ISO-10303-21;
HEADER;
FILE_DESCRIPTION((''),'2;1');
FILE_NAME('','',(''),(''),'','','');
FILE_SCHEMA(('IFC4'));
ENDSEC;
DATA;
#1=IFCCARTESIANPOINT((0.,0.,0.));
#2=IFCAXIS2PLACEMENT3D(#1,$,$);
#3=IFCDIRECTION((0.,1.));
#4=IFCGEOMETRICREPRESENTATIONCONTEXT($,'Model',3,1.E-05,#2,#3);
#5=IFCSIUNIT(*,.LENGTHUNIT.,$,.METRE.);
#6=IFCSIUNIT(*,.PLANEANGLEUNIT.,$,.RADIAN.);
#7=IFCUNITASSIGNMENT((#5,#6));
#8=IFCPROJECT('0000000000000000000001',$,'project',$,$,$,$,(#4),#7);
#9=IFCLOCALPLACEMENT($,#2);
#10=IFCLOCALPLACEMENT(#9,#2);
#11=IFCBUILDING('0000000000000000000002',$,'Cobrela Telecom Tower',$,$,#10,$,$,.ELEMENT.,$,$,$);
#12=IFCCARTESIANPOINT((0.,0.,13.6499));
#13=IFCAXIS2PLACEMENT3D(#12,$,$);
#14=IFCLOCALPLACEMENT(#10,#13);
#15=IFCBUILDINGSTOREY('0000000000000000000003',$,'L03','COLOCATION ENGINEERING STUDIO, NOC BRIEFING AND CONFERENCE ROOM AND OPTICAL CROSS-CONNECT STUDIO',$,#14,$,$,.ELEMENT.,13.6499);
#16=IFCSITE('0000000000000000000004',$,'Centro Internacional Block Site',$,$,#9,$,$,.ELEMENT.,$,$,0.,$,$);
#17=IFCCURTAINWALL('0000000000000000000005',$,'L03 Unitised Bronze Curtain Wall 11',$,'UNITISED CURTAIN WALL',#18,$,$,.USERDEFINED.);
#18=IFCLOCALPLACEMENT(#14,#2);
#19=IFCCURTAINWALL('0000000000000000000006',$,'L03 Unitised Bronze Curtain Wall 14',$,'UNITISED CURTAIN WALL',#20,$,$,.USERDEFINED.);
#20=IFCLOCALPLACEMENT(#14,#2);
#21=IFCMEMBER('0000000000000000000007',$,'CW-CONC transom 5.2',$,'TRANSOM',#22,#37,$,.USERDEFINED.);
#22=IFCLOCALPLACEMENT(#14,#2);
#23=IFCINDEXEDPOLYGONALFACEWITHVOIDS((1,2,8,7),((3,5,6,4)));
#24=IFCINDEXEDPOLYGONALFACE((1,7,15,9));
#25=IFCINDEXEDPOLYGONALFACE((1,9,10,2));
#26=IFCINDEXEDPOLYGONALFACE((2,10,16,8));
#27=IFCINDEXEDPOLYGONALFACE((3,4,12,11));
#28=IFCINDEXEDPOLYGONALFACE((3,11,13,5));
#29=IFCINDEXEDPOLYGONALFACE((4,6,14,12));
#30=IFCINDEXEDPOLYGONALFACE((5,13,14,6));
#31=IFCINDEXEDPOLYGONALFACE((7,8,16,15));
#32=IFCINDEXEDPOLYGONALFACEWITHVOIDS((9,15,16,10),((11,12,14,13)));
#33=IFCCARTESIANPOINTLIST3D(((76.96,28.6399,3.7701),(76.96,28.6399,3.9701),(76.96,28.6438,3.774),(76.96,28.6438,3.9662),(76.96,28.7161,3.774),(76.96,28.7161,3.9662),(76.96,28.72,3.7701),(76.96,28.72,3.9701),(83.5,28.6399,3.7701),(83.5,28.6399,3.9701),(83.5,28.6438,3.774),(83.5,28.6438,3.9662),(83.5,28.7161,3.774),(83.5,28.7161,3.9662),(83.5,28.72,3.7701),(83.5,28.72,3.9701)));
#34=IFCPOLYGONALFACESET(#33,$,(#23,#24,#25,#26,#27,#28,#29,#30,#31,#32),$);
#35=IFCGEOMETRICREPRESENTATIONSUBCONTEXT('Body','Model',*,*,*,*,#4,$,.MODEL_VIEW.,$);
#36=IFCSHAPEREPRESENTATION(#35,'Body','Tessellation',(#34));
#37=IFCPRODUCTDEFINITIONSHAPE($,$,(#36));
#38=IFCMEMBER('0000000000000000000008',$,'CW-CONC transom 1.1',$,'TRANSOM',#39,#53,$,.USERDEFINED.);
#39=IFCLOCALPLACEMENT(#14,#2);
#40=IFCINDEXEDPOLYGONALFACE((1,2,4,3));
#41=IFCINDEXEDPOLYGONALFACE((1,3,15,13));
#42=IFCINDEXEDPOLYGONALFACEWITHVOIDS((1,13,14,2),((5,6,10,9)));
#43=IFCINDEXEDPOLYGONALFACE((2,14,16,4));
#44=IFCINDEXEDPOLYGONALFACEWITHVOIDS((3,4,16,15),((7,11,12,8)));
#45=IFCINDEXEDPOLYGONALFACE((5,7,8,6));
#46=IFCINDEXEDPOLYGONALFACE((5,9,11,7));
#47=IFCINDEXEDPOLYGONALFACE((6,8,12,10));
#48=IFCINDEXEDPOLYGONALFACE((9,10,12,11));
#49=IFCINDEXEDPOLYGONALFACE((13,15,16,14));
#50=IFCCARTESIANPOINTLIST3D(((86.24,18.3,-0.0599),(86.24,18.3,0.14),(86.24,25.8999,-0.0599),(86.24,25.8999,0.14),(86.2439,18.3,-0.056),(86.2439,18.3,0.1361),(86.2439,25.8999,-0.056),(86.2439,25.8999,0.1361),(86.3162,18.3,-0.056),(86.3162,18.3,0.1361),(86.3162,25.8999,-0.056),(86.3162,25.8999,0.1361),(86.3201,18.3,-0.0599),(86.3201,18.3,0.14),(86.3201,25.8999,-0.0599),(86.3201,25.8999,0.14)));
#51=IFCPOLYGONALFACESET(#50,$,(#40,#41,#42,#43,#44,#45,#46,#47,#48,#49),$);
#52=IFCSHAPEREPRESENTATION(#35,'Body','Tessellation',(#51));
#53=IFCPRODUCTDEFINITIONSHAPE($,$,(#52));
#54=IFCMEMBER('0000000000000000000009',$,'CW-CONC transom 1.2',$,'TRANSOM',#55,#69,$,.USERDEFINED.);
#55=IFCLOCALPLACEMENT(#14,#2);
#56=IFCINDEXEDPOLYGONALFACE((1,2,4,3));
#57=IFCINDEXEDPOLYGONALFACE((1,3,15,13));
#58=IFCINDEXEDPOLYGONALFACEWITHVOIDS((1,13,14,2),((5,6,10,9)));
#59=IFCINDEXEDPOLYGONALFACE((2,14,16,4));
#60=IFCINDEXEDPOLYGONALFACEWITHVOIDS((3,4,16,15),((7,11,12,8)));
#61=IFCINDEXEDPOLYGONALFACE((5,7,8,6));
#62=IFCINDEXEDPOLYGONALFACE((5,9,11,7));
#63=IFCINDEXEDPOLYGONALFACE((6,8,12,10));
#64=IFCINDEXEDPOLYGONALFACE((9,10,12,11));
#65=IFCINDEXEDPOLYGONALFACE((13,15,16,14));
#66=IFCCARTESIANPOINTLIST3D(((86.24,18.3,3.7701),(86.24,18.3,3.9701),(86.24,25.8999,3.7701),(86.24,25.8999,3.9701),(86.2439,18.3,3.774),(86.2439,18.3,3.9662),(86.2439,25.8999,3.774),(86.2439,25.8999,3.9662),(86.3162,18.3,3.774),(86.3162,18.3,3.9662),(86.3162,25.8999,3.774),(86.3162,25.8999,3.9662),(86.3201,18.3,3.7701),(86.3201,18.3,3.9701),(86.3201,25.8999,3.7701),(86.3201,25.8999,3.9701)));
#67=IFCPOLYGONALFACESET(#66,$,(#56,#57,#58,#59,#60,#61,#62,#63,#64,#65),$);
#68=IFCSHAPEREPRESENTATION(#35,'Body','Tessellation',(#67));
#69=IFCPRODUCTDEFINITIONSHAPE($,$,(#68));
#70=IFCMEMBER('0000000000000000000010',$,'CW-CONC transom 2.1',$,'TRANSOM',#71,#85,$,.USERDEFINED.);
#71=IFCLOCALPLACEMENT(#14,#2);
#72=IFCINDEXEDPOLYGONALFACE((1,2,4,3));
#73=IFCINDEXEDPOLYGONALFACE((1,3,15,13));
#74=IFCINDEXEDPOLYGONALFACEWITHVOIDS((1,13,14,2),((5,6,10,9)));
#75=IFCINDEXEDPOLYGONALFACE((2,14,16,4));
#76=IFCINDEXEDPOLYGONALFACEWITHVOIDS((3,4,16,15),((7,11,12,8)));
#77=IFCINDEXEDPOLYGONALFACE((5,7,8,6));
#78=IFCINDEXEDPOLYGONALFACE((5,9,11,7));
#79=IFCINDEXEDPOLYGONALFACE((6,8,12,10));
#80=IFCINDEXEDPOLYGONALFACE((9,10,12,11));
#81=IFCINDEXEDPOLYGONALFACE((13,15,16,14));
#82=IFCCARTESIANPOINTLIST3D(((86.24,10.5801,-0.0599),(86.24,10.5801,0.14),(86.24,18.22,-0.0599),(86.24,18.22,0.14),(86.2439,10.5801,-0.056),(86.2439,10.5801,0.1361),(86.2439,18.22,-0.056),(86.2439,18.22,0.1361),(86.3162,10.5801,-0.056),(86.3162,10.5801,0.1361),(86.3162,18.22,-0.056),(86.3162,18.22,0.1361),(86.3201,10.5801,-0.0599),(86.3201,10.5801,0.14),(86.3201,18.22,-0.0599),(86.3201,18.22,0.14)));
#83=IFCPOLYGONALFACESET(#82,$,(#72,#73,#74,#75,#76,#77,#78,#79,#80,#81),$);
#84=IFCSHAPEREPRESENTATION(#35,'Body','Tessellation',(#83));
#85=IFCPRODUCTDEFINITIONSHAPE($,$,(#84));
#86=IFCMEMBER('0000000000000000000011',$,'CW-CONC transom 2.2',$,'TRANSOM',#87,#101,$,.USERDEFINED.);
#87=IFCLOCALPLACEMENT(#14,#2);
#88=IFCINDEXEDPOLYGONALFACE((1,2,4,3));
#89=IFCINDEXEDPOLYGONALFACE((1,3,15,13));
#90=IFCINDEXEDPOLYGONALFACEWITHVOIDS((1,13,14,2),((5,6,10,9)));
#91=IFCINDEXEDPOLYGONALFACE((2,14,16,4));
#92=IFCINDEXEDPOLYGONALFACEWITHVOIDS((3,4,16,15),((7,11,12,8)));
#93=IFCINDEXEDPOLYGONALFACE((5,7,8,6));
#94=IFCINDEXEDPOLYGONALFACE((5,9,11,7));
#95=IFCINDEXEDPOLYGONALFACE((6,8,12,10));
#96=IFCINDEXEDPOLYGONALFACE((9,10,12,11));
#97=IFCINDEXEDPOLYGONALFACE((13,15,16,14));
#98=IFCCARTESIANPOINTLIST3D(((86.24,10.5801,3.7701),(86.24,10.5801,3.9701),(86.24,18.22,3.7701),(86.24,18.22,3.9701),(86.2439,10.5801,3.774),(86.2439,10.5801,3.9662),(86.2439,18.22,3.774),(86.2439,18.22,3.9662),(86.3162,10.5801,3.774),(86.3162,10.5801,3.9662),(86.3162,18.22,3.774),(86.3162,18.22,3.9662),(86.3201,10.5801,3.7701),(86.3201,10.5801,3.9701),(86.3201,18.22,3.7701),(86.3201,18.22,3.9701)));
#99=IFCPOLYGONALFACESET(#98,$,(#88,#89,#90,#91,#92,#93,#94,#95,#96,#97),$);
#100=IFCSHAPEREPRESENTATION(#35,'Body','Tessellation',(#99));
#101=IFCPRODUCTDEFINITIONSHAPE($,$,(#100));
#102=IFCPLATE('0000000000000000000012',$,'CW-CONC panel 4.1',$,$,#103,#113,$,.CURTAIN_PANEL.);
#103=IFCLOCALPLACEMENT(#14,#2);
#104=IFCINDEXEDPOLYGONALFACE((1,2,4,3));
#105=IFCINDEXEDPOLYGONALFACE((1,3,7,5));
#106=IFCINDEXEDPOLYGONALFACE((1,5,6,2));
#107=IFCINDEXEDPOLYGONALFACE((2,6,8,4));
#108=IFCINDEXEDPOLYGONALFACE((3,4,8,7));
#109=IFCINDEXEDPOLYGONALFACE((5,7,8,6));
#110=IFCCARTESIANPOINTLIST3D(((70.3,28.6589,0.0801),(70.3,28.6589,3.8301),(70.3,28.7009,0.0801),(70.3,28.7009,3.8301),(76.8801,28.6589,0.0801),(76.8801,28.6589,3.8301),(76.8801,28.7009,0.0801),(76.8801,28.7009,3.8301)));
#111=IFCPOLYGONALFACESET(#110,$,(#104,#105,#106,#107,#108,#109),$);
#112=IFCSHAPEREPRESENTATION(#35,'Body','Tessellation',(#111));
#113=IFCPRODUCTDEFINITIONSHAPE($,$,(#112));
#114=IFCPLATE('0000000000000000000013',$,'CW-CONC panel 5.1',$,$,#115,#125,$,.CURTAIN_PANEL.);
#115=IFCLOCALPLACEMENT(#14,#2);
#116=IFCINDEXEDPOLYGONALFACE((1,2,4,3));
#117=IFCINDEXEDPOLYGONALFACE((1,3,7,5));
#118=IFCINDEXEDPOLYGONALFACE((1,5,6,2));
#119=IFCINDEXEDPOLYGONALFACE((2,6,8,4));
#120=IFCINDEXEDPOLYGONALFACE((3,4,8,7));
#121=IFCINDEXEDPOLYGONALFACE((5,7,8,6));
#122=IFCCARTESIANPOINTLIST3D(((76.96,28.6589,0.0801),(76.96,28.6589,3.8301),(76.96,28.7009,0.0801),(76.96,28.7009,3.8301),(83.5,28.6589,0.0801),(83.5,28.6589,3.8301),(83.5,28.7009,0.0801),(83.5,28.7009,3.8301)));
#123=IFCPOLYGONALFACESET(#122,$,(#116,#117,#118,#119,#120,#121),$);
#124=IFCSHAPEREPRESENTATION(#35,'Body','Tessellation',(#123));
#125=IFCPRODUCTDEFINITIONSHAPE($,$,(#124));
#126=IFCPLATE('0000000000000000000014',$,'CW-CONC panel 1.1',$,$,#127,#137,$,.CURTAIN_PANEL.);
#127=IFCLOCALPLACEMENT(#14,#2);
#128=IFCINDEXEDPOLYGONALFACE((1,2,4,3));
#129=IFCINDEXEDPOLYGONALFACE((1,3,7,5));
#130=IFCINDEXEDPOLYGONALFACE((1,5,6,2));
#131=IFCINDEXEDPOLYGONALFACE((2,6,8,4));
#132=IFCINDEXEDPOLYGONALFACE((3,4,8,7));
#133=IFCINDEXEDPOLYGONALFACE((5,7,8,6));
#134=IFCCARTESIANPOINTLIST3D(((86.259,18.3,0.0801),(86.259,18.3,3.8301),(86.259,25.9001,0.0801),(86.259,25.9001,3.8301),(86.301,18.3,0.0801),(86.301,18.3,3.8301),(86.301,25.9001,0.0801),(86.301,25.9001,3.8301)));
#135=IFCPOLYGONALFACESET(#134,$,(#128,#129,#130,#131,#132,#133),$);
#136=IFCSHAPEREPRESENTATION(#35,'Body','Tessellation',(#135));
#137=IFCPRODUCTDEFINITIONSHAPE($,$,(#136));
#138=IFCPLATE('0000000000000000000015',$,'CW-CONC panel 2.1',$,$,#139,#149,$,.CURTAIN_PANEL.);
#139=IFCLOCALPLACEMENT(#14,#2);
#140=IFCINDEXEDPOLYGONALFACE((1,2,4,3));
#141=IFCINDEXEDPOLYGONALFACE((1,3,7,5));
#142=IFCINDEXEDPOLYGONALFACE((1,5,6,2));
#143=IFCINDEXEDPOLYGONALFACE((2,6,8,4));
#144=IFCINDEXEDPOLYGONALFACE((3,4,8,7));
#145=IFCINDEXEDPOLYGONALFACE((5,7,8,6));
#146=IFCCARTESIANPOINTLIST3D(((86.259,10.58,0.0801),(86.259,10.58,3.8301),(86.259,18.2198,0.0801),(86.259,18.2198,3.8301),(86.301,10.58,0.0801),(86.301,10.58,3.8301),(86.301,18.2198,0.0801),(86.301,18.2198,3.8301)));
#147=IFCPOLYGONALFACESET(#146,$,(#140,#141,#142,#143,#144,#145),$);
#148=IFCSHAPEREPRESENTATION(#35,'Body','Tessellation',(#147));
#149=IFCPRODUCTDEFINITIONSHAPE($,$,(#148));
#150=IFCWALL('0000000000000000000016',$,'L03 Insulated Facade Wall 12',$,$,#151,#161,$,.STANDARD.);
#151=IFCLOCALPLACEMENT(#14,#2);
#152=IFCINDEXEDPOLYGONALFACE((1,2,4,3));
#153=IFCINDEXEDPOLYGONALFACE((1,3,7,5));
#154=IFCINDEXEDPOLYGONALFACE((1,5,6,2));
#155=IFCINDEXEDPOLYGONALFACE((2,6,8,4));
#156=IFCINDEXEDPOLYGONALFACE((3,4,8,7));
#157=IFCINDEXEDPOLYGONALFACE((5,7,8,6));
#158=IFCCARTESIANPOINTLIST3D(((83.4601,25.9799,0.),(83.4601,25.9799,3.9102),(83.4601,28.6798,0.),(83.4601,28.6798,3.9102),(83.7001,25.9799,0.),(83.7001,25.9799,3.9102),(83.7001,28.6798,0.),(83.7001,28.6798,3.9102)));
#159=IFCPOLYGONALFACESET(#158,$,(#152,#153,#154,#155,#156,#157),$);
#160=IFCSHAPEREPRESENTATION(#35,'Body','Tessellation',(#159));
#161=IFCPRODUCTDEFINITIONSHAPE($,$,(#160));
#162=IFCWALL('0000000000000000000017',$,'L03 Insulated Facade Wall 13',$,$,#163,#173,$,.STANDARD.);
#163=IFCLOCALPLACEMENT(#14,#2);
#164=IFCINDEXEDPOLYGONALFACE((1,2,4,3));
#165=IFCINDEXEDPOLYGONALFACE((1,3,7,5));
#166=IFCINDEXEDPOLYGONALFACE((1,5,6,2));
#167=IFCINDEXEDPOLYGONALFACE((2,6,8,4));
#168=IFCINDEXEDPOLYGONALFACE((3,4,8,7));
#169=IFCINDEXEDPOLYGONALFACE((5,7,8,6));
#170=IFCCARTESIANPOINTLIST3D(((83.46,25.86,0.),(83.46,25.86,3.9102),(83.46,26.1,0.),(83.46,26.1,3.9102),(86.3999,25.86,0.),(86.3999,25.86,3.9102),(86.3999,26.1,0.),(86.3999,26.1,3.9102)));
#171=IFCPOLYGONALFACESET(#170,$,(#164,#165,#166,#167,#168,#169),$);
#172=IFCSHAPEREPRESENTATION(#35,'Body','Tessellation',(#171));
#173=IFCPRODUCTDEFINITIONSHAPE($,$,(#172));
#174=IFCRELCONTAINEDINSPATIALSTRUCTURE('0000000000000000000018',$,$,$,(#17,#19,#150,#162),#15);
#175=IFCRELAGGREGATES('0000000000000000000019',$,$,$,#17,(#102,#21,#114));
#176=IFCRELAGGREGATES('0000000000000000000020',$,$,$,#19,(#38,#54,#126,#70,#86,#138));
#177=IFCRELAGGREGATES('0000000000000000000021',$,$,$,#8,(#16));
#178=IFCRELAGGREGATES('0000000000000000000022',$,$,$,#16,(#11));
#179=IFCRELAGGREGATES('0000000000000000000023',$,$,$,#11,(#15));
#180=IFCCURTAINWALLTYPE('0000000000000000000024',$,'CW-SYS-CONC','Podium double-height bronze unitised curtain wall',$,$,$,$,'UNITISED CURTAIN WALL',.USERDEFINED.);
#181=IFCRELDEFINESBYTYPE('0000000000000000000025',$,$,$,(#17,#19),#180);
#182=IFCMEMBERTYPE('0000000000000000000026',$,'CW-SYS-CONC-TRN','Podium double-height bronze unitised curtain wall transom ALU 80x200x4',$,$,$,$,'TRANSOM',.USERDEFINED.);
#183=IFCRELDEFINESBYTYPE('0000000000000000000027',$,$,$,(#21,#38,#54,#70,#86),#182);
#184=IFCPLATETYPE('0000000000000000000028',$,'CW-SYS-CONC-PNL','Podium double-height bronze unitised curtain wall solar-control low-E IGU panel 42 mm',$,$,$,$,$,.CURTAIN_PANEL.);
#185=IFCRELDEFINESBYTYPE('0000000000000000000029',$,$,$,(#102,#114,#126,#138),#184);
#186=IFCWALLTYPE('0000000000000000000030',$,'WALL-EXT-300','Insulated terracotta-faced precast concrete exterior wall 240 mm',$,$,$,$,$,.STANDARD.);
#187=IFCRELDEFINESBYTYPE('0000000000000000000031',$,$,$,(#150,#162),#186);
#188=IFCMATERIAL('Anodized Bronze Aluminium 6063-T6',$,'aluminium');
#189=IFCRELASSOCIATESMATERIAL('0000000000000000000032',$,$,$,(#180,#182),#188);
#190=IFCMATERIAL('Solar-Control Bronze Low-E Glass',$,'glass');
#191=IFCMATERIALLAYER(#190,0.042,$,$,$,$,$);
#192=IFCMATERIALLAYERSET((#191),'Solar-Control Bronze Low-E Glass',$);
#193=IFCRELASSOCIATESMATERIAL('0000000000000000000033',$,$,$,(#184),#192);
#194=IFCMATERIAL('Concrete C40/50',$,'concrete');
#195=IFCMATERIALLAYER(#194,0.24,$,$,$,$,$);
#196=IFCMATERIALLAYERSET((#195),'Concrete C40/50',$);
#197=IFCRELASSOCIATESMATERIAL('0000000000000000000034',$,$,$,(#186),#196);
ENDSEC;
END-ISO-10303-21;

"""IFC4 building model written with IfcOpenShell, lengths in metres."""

from ifc_helpers import new_model, si_unit, direction, frame, frame_2d, origin, origin_2d, place, context, subcontext, project, spatial, rectangle, hollow_rectangle, extrude, material, layer, layer_set, material_profile, profile_set, type_object, element, aggregate, save


model = new_model("IFC4")

# Units and contexts
model_context = context("Model", 3, precision=1e-05, world=origin(), true_north=direction((0.0, 1.0)))
body_context = subcontext(model_context, "Body", "Model", "MODEL_VIEW")
ifc_project = project(units=[si_unit("LENGTHUNIT", "METRE"), si_unit("PLANEANGLEUNIT", "RADIAN")], contexts=[model_context])

# Site, building, storey
site_placement = place(None, origin())
site = spatial("IfcSite", under=ifc_project, at=site_placement, Name="Centro Internacional Block Site", CompositionType="ELEMENT", RefElevation=0.0)
building_placement = place(site_placement, origin())
building = spatial("IfcBuilding", under=site, at=building_placement, Name="Cobrela Telecom Tower", CompositionType="ELEMENT")
storey_placement = place(building_placement, frame((0.0, 0.0, 13.6499)))
storey = spatial("IfcBuildingStorey", under=building, at=storey_placement, Name="L03", Description="COLOCATION ENGINEERING STUDIO, NOC BRIEFING AND CONFERENCE ROOM AND OPTICAL CROSS-CONNECT STUDIO", CompositionType="ELEMENT", Elevation=13.6499)

# Shared definitions
ifc_material_1 = material(Name="Concrete C40/50", Category="concrete")

# Curtain walls
ifc_material_2 = material(Name="Anodized Bronze Aluminium 6063-T6", Category="aluminium")
curtain_wall_type = type_object("IfcCurtainWallType", Name="CW-SYS-CONC", Description="Podium double-height bronze unitised curtain wall", ElementType="UNITISED CURTAIN WALL", PredefinedType="USERDEFINED", material=ifc_material_2)
curtain_wall_1_placement = place(storey_placement, origin())
curtain_wall_1 = element("IfcCurtainWall", 1, at=curtain_wall_1_placement, inside=storey, type_object=curtain_wall_type, Name="L03 Unitised Bronze Curtain Wall 11", ObjectType="UNITISED CURTAIN WALL", PredefinedType="USERDEFINED")
curtain_wall_2_placement = place(storey_placement, origin())
curtain_wall_2 = element("IfcCurtainWall", 2, at=curtain_wall_2_placement, inside=storey, type_object=curtain_wall_type, Name="L03 Unitised Bronze Curtain Wall 14", ObjectType="UNITISED CURTAIN WALL", PredefinedType="USERDEFINED")

# Members
ifc_material_profile_1 = material_profile(ifc_material_2, hollow_rectangle(XDim=0.0801, YDim=0.2, WallThickness=0.0039, at=origin_2d()), Name="ALU 80x200x4")
ifc_profile_set_1 = profile_set([ifc_material_profile_1], Name="Anodized Bronze Aluminium 6063-T6")
member_type_1 = type_object("IfcMemberType", Name="CW-SYS-CONC-TRN", Description="Podium double-height bronze unitised curtain wall transom ALU 80x200x4", ElementType="TRANSOM", PredefinedType="USERDEFINED", material=ifc_profile_set_1)
member_1_placement = place(storey_placement, frame((76.96, 28.6799, 3.8701), z_axis=(1.0, 0.0, 0.0), x_axis=(0.0, 1.0, 0.0)))
member_1 = element("IfcMember", 3, at=member_1_placement, type_object=member_type_1, Name="CW-CONC transom 5.2", ObjectType="TRANSOM", PredefinedType="USERDEFINED", context=body_context, shape_type="SweptSolid", body=[
    extrude(hollow_rectangle(XDim=0.0801, YDim=0.2, WallThickness=0.0039, at=origin_2d()), origin(), (0.0, 0.0, 1.0), 6.54),
])
member_2_placement = place(storey_placement, frame((86.28, 25.8999, 0.04), z_axis=(0.0, -1.0, 0.0), x_axis=(1.0, 0.0, 0.0)))
member_2 = element("IfcMember", 4, at=member_2_placement, type_object=member_type_1, Name="CW-CONC transom 1.1", ObjectType="TRANSOM", PredefinedType="USERDEFINED", context=body_context, shape_type="SweptSolid", body=[
    extrude(hollow_rectangle(XDim=0.0801, YDim=0.2, WallThickness=0.0039, at=origin_2d()), origin(), (0.0, 0.0, 1.0), 7.5999),
])
member_3_placement = place(storey_placement, frame((86.28, 25.8999, 3.8701), z_axis=(0.0, -1.0, 0.0), x_axis=(1.0, 0.0, 0.0)))
member_3 = element("IfcMember", 5, at=member_3_placement, type_object=member_type_1, Name="CW-CONC transom 1.2", ObjectType="TRANSOM", PredefinedType="USERDEFINED", context=body_context, shape_type="SweptSolid", body=[
    extrude(hollow_rectangle(XDim=0.0801, YDim=0.2, WallThickness=0.0039, at=origin_2d()), origin(), (0.0, 0.0, 1.0), 7.5999),
])
member_4_placement = place(storey_placement, frame((86.28, 18.22, 0.04), z_axis=(0.0, -1.0, 0.0), x_axis=(1.0, 0.0, 0.0)))
member_4 = element("IfcMember", 6, at=member_4_placement, type_object=member_type_1, Name="CW-CONC transom 2.1", ObjectType="TRANSOM", PredefinedType="USERDEFINED", context=body_context, shape_type="SweptSolid", body=[
    extrude(hollow_rectangle(XDim=0.0801, YDim=0.2, WallThickness=0.0039, at=origin_2d()), origin(), (0.0, 0.0, 1.0), 7.6399),
])
member_5_placement = place(storey_placement, frame((86.28, 18.22, 3.8701), z_axis=(0.0, -1.0, 0.0), x_axis=(1.0, 0.0, 0.0)))
member_5 = element("IfcMember", 7, at=member_5_placement, type_object=member_type_1, Name="CW-CONC transom 2.2", ObjectType="TRANSOM", PredefinedType="USERDEFINED", context=body_context, shape_type="SweptSolid", body=[
    extrude(hollow_rectangle(XDim=0.0801, YDim=0.2, WallThickness=0.0039, at=origin_2d()), origin(), (0.0, 0.0, 1.0), 7.6399),
])

# Plates
ifc_material_3 = material(Name="Solar-Control Bronze Low-E Glass", Category="glass")
ifc_layer_1 = layer(ifc_material_3, 0.042)
ifc_layer_set_1 = layer_set([ifc_layer_1], Name="Solar-Control Bronze Low-E Glass")
plate_type = type_object("IfcPlateType", Name="CW-SYS-CONC-PNL", Description="Podium double-height bronze unitised curtain wall solar-control low-E IGU panel 42 mm", PredefinedType="CURTAIN_PANEL", material=ifc_layer_set_1)
plate_1_placement = place(storey_placement, frame((73.5901, 28.6799, 0.0801), z_axis=(0.0, 0.0, 1.0), x_axis=(1.0, 0.0, 0.0)))
plate_1 = element("IfcPlate", 8, at=plate_1_placement, type_object=plate_type, Name="CW-CONC panel 4.1", PredefinedType="CURTAIN_PANEL", context=body_context, shape_type="SweptSolid", body=[
    extrude(rectangle(XDim=6.5801, YDim=0.042, at=origin_2d()), origin(), (0.0, 0.0, 1.0), 3.75),
])
plate_2_placement = place(storey_placement, frame((80.23, 28.6799, 0.0801), z_axis=(0.0, 0.0, 1.0), x_axis=(1.0, 0.0, 0.0)))
plate_2 = element("IfcPlate", 9, at=plate_2_placement, type_object=plate_type, Name="CW-CONC panel 5.1", PredefinedType="CURTAIN_PANEL", context=body_context, shape_type="SweptSolid", body=[
    extrude(rectangle(XDim=6.54, YDim=0.042, at=origin_2d()), origin(), (0.0, 0.0, 1.0), 3.75),
])
aggregate(curtain_wall_1, [plate_1, member_1, plate_2])
plate_3_placement = place(storey_placement, frame((86.28, 22.1001, 0.0801), z_axis=(0.0, 0.0, 1.0), x_axis=(0.0, -1.0, 0.0)))
plate_3 = element("IfcPlate", 10, at=plate_3_placement, type_object=plate_type, Name="CW-CONC panel 1.1", PredefinedType="CURTAIN_PANEL", context=body_context, shape_type="SweptSolid", body=[
    extrude(rectangle(XDim=7.6001, YDim=0.042, at=origin_2d()), origin(), (0.0, 0.0, 1.0), 3.75),
])
plate_4_placement = place(storey_placement, frame((86.28, 14.3999, 0.0801), z_axis=(0.0, 0.0, 1.0), x_axis=(0.0, -1.0, 0.0)))
plate_4 = element("IfcPlate", 11, at=plate_4_placement, type_object=plate_type, Name="CW-CONC panel 2.1", PredefinedType="CURTAIN_PANEL", context=body_context, shape_type="SweptSolid", body=[
    extrude(rectangle(XDim=7.6399, YDim=0.042, at=origin_2d()), origin(), (0.0, 0.0, 1.0), 3.75),
])
aggregate(curtain_wall_2, [member_2, member_3, plate_3, member_4, member_5, plate_4])

# Walls
ifc_layer_2 = layer(ifc_material_1, 0.24)
ifc_layer_set_2 = layer_set([ifc_layer_2], Name="Concrete C40/50")
wall_type = type_object("IfcWallType", Name="WALL-EXT-300", Description="Insulated terracotta-faced precast concrete exterior wall 240 mm", PredefinedType="STANDARD", material=ifc_layer_set_2)
wall_1_placement = place(storey_placement, frame((83.5801, 28.6799, 0.0), z_axis=(0.0, 0.0, 1.0), x_axis=(0.0, -1.0, 0.0)))
element("IfcWall", 12, at=wall_1_placement, inside=storey, type_object=wall_type, Name="L03 Insulated Facade Wall 12", PredefinedType="STANDARD", context=body_context, shape_type="SweptSolid", body=[
    extrude(rectangle(XDim=2.7, YDim=0.24, at=frame_2d((1.3501, 0.0))), origin(), (0.0, 0.0, 1.0), 3.9102),
])
wall_2_placement = place(storey_placement, frame((83.46, 25.98, 0.0), z_axis=(0.0, 0.0, 1.0), x_axis=(1.0, 0.0, 0.0)))
element("IfcWall", 13, at=wall_2_placement, inside=storey, type_object=wall_type, Name="L03 Insulated Facade Wall 13", PredefinedType="STANDARD", context=body_context, shape_type="SweptSolid", body=[
    extrude(rectangle(XDim=2.9399, YDim=0.24, at=frame_2d((1.47, 0.0))), origin(), (0.0, 0.0, 1.0), 3.9102),
])

save(model, "model.ifc")
